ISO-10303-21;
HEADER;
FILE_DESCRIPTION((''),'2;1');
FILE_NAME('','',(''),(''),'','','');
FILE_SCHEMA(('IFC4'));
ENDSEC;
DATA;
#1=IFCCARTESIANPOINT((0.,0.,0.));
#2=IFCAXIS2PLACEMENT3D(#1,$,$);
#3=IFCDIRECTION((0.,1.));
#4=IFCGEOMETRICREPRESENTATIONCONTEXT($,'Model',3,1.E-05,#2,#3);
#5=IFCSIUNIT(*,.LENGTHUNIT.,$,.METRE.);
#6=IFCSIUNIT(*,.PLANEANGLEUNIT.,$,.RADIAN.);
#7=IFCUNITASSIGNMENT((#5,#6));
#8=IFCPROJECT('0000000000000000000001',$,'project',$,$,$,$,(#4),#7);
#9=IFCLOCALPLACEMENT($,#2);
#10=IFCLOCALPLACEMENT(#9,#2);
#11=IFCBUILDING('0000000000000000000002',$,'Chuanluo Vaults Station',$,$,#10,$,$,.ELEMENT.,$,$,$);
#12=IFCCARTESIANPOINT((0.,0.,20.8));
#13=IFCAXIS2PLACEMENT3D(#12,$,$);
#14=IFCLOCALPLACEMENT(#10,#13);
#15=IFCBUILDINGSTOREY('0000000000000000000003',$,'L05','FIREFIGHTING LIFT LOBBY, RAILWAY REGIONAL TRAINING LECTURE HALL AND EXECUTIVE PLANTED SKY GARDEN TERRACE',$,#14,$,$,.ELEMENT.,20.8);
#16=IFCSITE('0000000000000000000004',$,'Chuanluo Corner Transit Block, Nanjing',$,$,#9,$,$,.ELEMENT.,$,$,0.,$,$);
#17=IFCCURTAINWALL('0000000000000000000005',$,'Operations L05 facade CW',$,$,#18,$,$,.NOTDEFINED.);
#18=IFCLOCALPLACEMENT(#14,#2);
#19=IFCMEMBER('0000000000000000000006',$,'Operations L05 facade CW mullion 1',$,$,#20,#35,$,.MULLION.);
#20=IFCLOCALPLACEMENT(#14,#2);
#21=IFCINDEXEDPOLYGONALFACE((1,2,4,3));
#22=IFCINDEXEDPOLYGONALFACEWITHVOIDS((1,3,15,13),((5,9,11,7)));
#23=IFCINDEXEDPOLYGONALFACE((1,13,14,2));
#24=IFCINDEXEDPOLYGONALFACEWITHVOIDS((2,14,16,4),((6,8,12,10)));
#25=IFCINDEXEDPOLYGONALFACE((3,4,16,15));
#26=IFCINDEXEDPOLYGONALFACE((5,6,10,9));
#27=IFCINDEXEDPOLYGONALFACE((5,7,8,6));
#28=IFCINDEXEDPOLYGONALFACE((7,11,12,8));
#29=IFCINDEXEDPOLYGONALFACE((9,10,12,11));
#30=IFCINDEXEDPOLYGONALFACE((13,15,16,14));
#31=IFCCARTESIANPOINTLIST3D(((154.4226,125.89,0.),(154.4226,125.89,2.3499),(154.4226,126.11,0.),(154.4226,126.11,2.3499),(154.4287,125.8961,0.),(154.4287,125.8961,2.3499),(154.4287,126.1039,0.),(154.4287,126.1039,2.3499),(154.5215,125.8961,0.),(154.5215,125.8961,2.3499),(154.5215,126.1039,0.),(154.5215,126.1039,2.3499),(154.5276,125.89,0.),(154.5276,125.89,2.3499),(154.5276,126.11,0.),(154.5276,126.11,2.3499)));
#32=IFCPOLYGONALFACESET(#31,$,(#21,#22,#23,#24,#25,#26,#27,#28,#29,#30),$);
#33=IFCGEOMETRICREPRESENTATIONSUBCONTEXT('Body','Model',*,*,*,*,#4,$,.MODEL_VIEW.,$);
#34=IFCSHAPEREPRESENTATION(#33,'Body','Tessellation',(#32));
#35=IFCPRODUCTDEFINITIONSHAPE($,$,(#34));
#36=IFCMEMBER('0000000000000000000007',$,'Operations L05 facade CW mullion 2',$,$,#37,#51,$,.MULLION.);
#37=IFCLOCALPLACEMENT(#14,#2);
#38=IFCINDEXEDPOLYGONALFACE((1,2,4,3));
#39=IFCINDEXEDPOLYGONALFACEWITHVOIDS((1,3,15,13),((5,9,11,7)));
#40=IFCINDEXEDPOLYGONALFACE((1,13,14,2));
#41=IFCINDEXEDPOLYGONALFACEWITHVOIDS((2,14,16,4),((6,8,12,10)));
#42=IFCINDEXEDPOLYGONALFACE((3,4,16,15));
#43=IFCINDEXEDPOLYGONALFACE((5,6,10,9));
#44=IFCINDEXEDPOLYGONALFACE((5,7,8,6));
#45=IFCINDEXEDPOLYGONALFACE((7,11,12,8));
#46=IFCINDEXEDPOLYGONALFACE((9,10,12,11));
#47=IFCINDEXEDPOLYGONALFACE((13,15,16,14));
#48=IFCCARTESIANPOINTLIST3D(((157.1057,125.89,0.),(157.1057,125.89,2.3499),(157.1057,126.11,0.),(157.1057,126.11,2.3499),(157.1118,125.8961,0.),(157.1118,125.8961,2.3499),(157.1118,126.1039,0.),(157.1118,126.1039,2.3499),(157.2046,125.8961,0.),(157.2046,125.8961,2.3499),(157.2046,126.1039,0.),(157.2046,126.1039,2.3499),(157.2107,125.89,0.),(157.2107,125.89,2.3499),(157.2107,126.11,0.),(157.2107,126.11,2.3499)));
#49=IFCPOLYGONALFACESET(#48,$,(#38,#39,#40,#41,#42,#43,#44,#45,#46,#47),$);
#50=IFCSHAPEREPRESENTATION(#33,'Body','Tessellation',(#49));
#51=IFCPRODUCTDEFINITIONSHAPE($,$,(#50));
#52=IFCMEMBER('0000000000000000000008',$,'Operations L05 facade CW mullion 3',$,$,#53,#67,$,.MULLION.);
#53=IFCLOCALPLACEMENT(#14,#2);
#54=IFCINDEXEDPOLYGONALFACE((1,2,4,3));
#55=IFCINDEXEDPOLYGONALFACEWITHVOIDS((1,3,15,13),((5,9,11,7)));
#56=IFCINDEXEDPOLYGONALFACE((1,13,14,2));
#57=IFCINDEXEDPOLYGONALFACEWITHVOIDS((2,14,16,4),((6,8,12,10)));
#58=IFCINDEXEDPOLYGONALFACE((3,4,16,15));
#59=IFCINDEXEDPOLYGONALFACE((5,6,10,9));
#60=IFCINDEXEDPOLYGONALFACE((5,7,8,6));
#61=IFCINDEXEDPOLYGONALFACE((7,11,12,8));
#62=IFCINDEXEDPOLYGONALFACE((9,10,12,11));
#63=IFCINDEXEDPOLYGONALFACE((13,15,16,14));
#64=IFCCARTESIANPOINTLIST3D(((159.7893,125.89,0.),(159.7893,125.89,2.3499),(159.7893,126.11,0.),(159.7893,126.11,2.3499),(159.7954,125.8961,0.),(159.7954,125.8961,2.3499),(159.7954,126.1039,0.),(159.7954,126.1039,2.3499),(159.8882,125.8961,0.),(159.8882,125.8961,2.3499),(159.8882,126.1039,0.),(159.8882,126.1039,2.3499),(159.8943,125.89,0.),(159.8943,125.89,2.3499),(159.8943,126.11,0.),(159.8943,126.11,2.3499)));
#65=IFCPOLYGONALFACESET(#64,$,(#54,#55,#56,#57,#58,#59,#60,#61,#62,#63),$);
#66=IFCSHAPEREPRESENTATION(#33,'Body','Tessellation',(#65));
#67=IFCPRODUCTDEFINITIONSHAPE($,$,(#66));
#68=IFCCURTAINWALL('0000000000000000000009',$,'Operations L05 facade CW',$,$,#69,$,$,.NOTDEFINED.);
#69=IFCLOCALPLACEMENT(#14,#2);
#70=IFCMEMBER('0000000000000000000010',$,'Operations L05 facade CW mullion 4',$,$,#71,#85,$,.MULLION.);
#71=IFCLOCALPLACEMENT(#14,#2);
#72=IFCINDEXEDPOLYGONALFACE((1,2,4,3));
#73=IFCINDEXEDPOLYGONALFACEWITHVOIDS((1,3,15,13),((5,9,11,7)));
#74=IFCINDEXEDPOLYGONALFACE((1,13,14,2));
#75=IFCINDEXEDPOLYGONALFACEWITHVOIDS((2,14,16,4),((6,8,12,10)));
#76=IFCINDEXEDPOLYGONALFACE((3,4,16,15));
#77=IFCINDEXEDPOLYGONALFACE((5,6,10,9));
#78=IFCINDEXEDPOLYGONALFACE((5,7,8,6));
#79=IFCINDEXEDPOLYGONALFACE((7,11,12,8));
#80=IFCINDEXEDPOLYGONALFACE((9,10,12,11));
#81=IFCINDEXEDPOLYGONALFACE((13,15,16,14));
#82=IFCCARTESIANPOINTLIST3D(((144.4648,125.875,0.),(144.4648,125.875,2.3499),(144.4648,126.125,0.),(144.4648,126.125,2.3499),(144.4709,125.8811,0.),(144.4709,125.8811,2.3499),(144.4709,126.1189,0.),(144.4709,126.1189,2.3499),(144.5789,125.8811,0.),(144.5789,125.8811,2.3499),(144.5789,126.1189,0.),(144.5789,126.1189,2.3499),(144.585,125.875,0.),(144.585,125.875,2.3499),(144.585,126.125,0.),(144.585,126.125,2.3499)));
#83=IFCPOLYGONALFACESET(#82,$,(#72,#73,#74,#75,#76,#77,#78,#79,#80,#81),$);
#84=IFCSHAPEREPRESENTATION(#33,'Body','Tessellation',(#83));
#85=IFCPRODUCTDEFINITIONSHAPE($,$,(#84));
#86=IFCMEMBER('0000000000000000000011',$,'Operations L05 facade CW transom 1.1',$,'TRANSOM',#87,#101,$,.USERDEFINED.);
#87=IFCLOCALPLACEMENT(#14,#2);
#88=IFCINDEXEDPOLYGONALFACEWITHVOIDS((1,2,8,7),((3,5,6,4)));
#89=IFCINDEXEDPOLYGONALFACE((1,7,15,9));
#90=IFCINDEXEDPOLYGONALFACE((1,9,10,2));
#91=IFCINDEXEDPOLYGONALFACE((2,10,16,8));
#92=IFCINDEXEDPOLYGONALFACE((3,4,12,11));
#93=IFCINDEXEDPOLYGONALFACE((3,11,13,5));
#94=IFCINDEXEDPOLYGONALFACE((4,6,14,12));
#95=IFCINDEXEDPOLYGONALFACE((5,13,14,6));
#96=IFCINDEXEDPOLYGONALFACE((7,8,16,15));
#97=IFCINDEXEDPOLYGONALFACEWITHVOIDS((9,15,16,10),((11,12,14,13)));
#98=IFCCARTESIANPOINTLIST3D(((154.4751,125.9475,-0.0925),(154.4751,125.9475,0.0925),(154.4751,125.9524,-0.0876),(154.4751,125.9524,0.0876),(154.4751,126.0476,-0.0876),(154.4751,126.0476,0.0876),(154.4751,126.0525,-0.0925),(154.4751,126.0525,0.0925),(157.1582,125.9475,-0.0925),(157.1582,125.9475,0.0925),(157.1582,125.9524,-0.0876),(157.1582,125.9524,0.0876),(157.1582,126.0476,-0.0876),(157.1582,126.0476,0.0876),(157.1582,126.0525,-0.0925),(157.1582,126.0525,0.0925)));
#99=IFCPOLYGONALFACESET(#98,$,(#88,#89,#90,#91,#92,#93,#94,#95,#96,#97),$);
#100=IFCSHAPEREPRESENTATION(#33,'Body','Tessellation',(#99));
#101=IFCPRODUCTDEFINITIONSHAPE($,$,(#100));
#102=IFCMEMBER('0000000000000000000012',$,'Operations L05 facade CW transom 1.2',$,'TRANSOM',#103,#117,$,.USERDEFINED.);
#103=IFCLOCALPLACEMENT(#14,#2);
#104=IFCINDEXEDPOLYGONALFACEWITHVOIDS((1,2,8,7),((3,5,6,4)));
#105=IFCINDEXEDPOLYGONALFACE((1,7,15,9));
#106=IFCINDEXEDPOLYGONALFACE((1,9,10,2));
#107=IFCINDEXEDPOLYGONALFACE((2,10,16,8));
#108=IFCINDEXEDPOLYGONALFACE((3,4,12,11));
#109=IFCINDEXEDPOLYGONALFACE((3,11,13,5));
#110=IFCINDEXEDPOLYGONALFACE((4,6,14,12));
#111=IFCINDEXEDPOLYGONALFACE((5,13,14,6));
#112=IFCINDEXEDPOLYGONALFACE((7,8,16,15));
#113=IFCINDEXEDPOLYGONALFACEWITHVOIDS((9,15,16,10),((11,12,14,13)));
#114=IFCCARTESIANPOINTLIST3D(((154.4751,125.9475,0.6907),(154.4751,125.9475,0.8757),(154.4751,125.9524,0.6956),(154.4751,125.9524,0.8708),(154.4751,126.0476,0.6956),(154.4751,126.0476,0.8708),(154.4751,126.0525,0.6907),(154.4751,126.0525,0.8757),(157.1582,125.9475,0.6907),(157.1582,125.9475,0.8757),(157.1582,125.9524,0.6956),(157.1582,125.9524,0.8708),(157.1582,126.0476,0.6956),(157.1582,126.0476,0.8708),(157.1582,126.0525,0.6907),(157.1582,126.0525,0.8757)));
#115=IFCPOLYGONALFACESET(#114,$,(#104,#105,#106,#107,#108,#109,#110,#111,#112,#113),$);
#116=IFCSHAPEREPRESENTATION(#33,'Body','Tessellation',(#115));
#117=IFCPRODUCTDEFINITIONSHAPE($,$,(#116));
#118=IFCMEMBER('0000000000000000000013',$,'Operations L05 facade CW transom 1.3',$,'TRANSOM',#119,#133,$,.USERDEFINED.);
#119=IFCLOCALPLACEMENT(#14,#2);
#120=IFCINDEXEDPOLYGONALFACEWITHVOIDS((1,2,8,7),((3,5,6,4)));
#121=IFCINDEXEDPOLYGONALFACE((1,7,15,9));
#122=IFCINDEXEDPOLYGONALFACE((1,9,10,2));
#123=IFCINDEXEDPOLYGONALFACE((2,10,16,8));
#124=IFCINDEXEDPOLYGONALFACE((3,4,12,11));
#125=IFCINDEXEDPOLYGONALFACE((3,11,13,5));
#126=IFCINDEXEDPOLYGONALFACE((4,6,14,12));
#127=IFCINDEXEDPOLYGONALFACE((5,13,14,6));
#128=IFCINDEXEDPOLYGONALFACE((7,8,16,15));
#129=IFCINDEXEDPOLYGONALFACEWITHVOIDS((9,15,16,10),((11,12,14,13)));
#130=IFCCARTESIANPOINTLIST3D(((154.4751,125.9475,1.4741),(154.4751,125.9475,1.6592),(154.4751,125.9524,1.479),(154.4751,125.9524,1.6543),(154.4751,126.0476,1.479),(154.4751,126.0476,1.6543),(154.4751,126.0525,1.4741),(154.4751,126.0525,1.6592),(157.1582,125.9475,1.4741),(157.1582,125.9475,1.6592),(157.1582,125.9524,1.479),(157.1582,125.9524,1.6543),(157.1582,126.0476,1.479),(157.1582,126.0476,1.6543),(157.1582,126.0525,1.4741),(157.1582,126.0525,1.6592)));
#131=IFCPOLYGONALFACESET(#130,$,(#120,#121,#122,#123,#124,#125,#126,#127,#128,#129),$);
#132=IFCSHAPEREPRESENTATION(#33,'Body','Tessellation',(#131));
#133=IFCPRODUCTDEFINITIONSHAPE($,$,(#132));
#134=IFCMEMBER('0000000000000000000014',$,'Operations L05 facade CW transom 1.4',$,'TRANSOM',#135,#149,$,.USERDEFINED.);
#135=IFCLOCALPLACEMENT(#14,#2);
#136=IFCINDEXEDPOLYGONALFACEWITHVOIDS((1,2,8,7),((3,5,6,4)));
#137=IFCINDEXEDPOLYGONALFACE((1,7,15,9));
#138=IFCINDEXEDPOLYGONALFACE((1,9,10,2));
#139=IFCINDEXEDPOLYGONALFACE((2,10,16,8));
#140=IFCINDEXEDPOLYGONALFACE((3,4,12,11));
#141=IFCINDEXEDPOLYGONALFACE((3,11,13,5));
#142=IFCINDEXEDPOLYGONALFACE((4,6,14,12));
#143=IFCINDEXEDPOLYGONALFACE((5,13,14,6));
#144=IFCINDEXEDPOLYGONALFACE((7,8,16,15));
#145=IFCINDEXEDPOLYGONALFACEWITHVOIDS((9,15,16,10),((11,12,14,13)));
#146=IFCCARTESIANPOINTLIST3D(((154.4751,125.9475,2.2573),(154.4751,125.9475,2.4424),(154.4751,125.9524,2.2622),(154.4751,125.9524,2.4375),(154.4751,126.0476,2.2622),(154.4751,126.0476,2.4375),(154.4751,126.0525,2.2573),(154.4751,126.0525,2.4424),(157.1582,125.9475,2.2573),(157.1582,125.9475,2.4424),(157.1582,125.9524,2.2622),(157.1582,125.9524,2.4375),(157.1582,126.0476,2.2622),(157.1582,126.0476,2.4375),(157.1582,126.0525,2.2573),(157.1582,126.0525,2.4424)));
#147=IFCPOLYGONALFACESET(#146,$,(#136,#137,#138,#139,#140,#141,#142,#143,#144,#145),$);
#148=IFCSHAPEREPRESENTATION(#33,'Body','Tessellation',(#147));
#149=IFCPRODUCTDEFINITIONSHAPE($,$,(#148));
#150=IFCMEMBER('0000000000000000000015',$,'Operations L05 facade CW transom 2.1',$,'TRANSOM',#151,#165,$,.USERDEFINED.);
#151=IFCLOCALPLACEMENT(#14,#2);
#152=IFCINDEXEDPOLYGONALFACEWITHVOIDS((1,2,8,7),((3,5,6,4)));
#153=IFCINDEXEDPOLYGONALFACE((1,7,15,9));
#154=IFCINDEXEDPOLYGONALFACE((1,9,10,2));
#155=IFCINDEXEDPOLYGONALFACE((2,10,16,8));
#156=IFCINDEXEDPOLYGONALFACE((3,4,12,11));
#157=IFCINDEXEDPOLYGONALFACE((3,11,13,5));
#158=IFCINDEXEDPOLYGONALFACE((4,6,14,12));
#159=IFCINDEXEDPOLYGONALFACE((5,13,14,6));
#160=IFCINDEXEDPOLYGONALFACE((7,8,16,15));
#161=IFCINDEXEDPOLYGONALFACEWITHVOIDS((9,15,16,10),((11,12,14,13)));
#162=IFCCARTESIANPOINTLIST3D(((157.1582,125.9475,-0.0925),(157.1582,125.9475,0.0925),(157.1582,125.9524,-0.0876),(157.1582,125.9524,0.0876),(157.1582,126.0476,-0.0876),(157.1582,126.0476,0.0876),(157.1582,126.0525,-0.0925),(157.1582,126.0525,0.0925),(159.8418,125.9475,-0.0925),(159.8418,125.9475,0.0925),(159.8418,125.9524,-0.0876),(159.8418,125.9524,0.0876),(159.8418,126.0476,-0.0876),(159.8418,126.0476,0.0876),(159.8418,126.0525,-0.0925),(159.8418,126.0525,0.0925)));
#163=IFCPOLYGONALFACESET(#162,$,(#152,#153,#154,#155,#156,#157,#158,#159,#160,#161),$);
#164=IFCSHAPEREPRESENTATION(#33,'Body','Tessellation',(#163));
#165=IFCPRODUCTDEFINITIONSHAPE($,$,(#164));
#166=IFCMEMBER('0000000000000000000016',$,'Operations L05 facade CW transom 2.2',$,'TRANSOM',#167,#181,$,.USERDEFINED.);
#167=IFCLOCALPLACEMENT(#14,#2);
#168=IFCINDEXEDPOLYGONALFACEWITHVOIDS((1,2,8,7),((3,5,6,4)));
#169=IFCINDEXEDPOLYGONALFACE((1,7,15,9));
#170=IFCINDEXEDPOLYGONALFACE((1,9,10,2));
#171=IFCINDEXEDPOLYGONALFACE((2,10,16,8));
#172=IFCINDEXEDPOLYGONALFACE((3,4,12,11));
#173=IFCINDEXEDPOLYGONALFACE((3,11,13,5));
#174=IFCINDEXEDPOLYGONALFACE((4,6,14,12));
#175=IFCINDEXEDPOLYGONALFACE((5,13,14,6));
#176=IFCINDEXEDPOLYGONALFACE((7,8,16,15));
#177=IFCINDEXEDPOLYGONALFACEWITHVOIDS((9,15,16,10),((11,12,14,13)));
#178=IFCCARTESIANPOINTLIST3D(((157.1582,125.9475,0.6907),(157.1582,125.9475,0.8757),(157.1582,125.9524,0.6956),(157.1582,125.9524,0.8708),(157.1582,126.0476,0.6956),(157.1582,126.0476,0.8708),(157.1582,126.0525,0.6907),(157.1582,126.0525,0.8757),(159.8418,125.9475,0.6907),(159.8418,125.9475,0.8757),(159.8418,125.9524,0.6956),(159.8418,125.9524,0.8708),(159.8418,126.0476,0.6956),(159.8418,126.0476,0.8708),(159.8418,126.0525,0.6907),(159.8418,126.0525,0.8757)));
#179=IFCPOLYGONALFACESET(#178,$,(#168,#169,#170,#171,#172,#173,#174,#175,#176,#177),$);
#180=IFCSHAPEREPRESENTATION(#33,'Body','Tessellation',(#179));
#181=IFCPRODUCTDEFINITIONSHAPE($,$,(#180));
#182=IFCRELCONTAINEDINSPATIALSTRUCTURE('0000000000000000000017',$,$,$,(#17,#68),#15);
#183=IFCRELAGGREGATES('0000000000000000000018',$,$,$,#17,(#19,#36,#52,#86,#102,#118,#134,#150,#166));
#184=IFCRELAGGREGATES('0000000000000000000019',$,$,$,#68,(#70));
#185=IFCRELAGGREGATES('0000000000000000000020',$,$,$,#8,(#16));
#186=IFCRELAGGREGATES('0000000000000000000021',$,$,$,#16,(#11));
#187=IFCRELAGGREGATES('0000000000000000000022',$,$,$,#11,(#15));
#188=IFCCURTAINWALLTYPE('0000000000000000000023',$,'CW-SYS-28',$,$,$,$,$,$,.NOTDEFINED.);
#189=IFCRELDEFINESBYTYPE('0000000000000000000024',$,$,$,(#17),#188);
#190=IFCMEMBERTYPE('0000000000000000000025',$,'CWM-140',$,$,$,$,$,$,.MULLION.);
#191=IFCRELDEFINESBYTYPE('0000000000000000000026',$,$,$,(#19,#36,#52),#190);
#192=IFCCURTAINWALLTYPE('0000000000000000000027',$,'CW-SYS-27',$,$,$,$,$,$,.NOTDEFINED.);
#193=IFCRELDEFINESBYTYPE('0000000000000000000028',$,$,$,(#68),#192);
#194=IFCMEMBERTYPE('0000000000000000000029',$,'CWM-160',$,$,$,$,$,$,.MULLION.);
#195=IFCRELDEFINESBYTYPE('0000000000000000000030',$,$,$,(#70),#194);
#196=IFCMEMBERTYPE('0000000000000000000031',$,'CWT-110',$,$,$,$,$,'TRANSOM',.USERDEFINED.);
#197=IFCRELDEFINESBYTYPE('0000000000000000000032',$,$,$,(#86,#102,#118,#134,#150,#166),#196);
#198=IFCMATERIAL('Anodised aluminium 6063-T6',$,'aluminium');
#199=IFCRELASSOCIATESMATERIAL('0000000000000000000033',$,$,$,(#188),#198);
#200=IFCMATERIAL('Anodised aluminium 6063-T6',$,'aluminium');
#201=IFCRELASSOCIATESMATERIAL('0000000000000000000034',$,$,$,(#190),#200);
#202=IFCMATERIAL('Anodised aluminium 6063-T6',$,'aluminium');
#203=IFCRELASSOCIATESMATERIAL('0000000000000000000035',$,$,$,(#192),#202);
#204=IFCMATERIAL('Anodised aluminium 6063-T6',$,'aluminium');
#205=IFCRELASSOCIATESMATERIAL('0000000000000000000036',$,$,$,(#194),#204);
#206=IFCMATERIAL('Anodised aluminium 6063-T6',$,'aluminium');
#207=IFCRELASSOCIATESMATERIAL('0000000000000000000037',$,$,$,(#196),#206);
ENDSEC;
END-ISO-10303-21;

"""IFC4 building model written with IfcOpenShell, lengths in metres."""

from ifc_helpers import new_model, si_unit, direction, frame, origin, origin_2d, place, context, subcontext, project, spatial, hollow_rectangle, extrude, material, material_profile, profile_set, type_object, element, aggregate, save


model = new_model("IFC4")

# Units and contexts
model_context = context("Model", 3, precision=1e-05, world=origin(), true_north=direction((0.0, 1.0)))
body_context = subcontext(model_context, "Body", "Model", "MODEL_VIEW")
ifc_project = project(units=[si_unit("LENGTHUNIT", "METRE"), si_unit("PLANEANGLEUNIT", "RADIAN")], contexts=[model_context])

# Site, building, storey
site_placement = place(None, origin())
site = spatial("IfcSite", under=ifc_project, at=site_placement, Name="Chuanluo Corner Transit Block, Nanjing", CompositionType="ELEMENT", RefElevation=0.0)
building_placement = place(site_placement, origin())
building = spatial("IfcBuilding", under=site, at=building_placement, Name="Chuanluo Vaults Station", CompositionType="ELEMENT")
storey_placement = place(building_placement, frame((0.0, 0.0, 20.8)))
storey = spatial("IfcBuildingStorey", under=building, at=storey_placement, Name="L05", Description="FIREFIGHTING LIFT LOBBY, RAILWAY REGIONAL TRAINING LECTURE HALL AND EXECUTIVE PLANTED SKY GARDEN TERRACE", CompositionType="ELEMENT", Elevation=20.8)

# Curtain wall, members
ifc_material_1 = material(Name="Anodised aluminium 6063-T6", Category="aluminium")
curtain_wall_type_1 = type_object("IfcCurtainWallType", Name="CW-SYS-28", PredefinedType="NOTDEFINED", material=ifc_material_1)
curtain_wall_1_placement = place(storey_placement, origin())
curtain_wall_1 = element("IfcCurtainWall", 1, at=curtain_wall_1_placement, inside=storey, type_object=curtain_wall_type_1, Name="Operations L05 facade CW", PredefinedType="NOTDEFINED")
ifc_material_2 = material(Name="Anodised aluminium 6063-T6", Category="aluminium")
ifc_material_profile_1 = material_profile(ifc_material_2, hollow_rectangle(XDim=0.105, YDim=0.22, WallThickness=0.0061, at=origin_2d()))
ifc_profile_set_1 = profile_set([ifc_material_profile_1], Name="Anodised aluminium 6063-T6")
member_type_1 = type_object("IfcMemberType", Name="CWM-140", PredefinedType="MULLION", material=ifc_profile_set_1)
member_1_placement = place(storey_placement, frame((154.4751, 126.0, 0.0), z_axis=(0.0, 0.0, 1.0), x_axis=(1.0, 0.0, 0.0)))
member_1 = element("IfcMember", 2, at=member_1_placement, type_object=member_type_1, Name="Operations L05 facade CW mullion 1", PredefinedType="MULLION", context=body_context, shape_type="SweptSolid", body=[
    extrude(hollow_rectangle(XDim=0.105, YDim=0.22, WallThickness=0.0061, at=origin_2d()), origin(), (0.0, 0.0, 1.0), 2.3499),
])
member_2_placement = place(storey_placement, frame((157.1582, 126.0, 0.0), z_axis=(0.0, 0.0, 1.0), x_axis=(1.0, 0.0, 0.0)))
member_2 = element("IfcMember", 3, at=member_2_placement, type_object=member_type_1, Name="Operations L05 facade CW mullion 2", PredefinedType="MULLION", context=body_context, shape_type="SweptSolid", body=[
    extrude(hollow_rectangle(XDim=0.105, YDim=0.22, WallThickness=0.0061, at=origin_2d()), origin(), (0.0, 0.0, 1.0), 2.3499),
])
member_3_placement = place(storey_placement, frame((159.8418, 126.0, 0.0), z_axis=(0.0, 0.0, 1.0), x_axis=(1.0, 0.0, 0.0)))
member_3 = element("IfcMember", 4, at=member_3_placement, type_object=member_type_1, Name="Operations L05 facade CW mullion 3", PredefinedType="MULLION", context=body_context, shape_type="SweptSolid", body=[
    extrude(hollow_rectangle(XDim=0.105, YDim=0.22, WallThickness=0.0061, at=origin_2d()), origin(), (0.0, 0.0, 1.0), 2.3499),
])

# Curtain wall, member
ifc_material_3 = material(Name="Anodised aluminium 6063-T6", Category="aluminium")
curtain_wall_type_2 = type_object("IfcCurtainWallType", Name="CW-SYS-27", PredefinedType="NOTDEFINED", material=ifc_material_3)
curtain_wall_2_placement = place(storey_placement, origin())
curtain_wall_2 = element("IfcCurtainWall", 5, at=curtain_wall_2_placement, inside=storey, type_object=curtain_wall_type_2, Name="Operations L05 facade CW", PredefinedType="NOTDEFINED")
ifc_material_4 = material(Name="Anodised aluminium 6063-T6", Category="aluminium")
ifc_material_profile_2 = material_profile(ifc_material_4, hollow_rectangle(XDim=0.1201, YDim=0.25, WallThickness=0.0061, at=origin_2d()))
ifc_profile_set_2 = profile_set([ifc_material_profile_2], Name="Anodised aluminium 6063-T6")
member_type_2 = type_object("IfcMemberType", Name="CWM-160", PredefinedType="MULLION", material=ifc_profile_set_2)
member_4_placement = place(storey_placement, frame((144.5249, 126.0, 0.0), z_axis=(0.0, 0.0, 1.0), x_axis=(1.0, 0.0, 0.0)))
member_4 = element("IfcMember", 6, at=member_4_placement, type_object=member_type_2, Name="Operations L05 facade CW mullion 4", PredefinedType="MULLION", context=body_context, shape_type="SweptSolid", body=[
    extrude(hollow_rectangle(XDim=0.1201, YDim=0.25, WallThickness=0.0061, at=origin_2d()), origin(), (0.0, 0.0, 1.0), 2.3499),
])

# Members
ifc_material_5 = material(Name="Anodised aluminium 6063-T6", Category="aluminium")
ifc_material_profile_3 = material_profile(ifc_material_5, hollow_rectangle(XDim=0.105, YDim=0.1851, WallThickness=0.0049, at=origin_2d()))
ifc_profile_set_3 = profile_set([ifc_material_profile_3], Name="Anodised aluminium 6063-T6")
member_type_3 = type_object("IfcMemberType", Name="CWT-110", ElementType="TRANSOM", PredefinedType="USERDEFINED", material=ifc_profile_set_3)
member_5_placement = place(storey_placement, frame((154.4751, 126.0, 0.0), z_axis=(1.0, 0.0, 0.0), x_axis=(0.0, 1.0, 0.0)))
member_5 = element("IfcMember", 7, at=member_5_placement, type_object=member_type_3, Name="Operations L05 facade CW transom 1.1", ObjectType="TRANSOM", PredefinedType="USERDEFINED", context=body_context, shape_type="SweptSolid", body=[
    extrude(hollow_rectangle(XDim=0.105, YDim=0.1851, WallThickness=0.0049, at=origin_2d()), origin(), (0.0, 0.0, 1.0), 2.6831),
])
member_6_placement = place(storey_placement, frame((154.4751, 126.0, 0.7832), z_axis=(1.0, 0.0, 0.0), x_axis=(0.0, 1.0, 0.0)))
member_6 = element("IfcMember", 8, at=member_6_placement, type_object=member_type_3, Name="Operations L05 facade CW transom 1.2", ObjectType="TRANSOM", PredefinedType="USERDEFINED", context=body_context, shape_type="SweptSolid", body=[
    extrude(hollow_rectangle(XDim=0.105, YDim=0.1851, WallThickness=0.0049, at=origin_2d()), origin(), (0.0, 0.0, 1.0), 2.6831),
])
member_7_placement = place(storey_placement, frame((154.4751, 126.0, 1.5667), z_axis=(1.0, 0.0, 0.0), x_axis=(0.0, 1.0, 0.0)))
member_7 = element("IfcMember", 9, at=member_7_placement, type_object=member_type_3, Name="Operations L05 facade CW transom 1.3", ObjectType="TRANSOM", PredefinedType="USERDEFINED", context=body_context, shape_type="SweptSolid", body=[
    extrude(hollow_rectangle(XDim=0.105, YDim=0.1851, WallThickness=0.0049, at=origin_2d()), origin(), (0.0, 0.0, 1.0), 2.6831),
])
member_8_placement = place(storey_placement, frame((154.4751, 126.0, 2.3499), z_axis=(1.0, 0.0, 0.0), x_axis=(0.0, 1.0, 0.0)))
member_8 = element("IfcMember", 10, at=member_8_placement, type_object=member_type_3, Name="Operations L05 facade CW transom 1.4", ObjectType="TRANSOM", PredefinedType="USERDEFINED", context=body_context, shape_type="SweptSolid", body=[
    extrude(hollow_rectangle(XDim=0.105, YDim=0.1851, WallThickness=0.0049, at=origin_2d()), origin(), (0.0, 0.0, 1.0), 2.6831),
])
member_9_placement = place(storey_placement, frame((157.1582, 126.0, 0.0), z_axis=(1.0, 0.0, 0.0), x_axis=(0.0, 1.0, 0.0)))
member_9 = element("IfcMember", 11, at=member_9_placement, type_object=member_type_3, Name="Operations L05 facade CW transom 2.1", ObjectType="TRANSOM", PredefinedType="USERDEFINED", context=body_context, shape_type="SweptSolid", body=[
    extrude(hollow_rectangle(XDim=0.105, YDim=0.1851, WallThickness=0.0049, at=origin_2d()), origin(), (0.0, 0.0, 1.0), 2.6836),
])
member_10_placement = place(storey_placement, frame((157.1582, 126.0, 0.7832), z_axis=(1.0, 0.0, 0.0), x_axis=(0.0, 1.0, 0.0)))
member_10 = element("IfcMember", 12, at=member_10_placement, type_object=member_type_3, Name="Operations L05 facade CW transom 2.2", ObjectType="TRANSOM", PredefinedType="USERDEFINED", context=body_context, shape_type="SweptSolid", body=[
    extrude(hollow_rectangle(XDim=0.105, YDim=0.1851, WallThickness=0.0049, at=origin_2d()), origin(), (0.0, 0.0, 1.0), 2.6836),
])

aggregate(curtain_wall_1, [member_1, member_2, member_3, member_5, member_6, member_7, member_8, member_9, member_10])
aggregate(curtain_wall_2, [member_4])

save(model, "model.ifc")
